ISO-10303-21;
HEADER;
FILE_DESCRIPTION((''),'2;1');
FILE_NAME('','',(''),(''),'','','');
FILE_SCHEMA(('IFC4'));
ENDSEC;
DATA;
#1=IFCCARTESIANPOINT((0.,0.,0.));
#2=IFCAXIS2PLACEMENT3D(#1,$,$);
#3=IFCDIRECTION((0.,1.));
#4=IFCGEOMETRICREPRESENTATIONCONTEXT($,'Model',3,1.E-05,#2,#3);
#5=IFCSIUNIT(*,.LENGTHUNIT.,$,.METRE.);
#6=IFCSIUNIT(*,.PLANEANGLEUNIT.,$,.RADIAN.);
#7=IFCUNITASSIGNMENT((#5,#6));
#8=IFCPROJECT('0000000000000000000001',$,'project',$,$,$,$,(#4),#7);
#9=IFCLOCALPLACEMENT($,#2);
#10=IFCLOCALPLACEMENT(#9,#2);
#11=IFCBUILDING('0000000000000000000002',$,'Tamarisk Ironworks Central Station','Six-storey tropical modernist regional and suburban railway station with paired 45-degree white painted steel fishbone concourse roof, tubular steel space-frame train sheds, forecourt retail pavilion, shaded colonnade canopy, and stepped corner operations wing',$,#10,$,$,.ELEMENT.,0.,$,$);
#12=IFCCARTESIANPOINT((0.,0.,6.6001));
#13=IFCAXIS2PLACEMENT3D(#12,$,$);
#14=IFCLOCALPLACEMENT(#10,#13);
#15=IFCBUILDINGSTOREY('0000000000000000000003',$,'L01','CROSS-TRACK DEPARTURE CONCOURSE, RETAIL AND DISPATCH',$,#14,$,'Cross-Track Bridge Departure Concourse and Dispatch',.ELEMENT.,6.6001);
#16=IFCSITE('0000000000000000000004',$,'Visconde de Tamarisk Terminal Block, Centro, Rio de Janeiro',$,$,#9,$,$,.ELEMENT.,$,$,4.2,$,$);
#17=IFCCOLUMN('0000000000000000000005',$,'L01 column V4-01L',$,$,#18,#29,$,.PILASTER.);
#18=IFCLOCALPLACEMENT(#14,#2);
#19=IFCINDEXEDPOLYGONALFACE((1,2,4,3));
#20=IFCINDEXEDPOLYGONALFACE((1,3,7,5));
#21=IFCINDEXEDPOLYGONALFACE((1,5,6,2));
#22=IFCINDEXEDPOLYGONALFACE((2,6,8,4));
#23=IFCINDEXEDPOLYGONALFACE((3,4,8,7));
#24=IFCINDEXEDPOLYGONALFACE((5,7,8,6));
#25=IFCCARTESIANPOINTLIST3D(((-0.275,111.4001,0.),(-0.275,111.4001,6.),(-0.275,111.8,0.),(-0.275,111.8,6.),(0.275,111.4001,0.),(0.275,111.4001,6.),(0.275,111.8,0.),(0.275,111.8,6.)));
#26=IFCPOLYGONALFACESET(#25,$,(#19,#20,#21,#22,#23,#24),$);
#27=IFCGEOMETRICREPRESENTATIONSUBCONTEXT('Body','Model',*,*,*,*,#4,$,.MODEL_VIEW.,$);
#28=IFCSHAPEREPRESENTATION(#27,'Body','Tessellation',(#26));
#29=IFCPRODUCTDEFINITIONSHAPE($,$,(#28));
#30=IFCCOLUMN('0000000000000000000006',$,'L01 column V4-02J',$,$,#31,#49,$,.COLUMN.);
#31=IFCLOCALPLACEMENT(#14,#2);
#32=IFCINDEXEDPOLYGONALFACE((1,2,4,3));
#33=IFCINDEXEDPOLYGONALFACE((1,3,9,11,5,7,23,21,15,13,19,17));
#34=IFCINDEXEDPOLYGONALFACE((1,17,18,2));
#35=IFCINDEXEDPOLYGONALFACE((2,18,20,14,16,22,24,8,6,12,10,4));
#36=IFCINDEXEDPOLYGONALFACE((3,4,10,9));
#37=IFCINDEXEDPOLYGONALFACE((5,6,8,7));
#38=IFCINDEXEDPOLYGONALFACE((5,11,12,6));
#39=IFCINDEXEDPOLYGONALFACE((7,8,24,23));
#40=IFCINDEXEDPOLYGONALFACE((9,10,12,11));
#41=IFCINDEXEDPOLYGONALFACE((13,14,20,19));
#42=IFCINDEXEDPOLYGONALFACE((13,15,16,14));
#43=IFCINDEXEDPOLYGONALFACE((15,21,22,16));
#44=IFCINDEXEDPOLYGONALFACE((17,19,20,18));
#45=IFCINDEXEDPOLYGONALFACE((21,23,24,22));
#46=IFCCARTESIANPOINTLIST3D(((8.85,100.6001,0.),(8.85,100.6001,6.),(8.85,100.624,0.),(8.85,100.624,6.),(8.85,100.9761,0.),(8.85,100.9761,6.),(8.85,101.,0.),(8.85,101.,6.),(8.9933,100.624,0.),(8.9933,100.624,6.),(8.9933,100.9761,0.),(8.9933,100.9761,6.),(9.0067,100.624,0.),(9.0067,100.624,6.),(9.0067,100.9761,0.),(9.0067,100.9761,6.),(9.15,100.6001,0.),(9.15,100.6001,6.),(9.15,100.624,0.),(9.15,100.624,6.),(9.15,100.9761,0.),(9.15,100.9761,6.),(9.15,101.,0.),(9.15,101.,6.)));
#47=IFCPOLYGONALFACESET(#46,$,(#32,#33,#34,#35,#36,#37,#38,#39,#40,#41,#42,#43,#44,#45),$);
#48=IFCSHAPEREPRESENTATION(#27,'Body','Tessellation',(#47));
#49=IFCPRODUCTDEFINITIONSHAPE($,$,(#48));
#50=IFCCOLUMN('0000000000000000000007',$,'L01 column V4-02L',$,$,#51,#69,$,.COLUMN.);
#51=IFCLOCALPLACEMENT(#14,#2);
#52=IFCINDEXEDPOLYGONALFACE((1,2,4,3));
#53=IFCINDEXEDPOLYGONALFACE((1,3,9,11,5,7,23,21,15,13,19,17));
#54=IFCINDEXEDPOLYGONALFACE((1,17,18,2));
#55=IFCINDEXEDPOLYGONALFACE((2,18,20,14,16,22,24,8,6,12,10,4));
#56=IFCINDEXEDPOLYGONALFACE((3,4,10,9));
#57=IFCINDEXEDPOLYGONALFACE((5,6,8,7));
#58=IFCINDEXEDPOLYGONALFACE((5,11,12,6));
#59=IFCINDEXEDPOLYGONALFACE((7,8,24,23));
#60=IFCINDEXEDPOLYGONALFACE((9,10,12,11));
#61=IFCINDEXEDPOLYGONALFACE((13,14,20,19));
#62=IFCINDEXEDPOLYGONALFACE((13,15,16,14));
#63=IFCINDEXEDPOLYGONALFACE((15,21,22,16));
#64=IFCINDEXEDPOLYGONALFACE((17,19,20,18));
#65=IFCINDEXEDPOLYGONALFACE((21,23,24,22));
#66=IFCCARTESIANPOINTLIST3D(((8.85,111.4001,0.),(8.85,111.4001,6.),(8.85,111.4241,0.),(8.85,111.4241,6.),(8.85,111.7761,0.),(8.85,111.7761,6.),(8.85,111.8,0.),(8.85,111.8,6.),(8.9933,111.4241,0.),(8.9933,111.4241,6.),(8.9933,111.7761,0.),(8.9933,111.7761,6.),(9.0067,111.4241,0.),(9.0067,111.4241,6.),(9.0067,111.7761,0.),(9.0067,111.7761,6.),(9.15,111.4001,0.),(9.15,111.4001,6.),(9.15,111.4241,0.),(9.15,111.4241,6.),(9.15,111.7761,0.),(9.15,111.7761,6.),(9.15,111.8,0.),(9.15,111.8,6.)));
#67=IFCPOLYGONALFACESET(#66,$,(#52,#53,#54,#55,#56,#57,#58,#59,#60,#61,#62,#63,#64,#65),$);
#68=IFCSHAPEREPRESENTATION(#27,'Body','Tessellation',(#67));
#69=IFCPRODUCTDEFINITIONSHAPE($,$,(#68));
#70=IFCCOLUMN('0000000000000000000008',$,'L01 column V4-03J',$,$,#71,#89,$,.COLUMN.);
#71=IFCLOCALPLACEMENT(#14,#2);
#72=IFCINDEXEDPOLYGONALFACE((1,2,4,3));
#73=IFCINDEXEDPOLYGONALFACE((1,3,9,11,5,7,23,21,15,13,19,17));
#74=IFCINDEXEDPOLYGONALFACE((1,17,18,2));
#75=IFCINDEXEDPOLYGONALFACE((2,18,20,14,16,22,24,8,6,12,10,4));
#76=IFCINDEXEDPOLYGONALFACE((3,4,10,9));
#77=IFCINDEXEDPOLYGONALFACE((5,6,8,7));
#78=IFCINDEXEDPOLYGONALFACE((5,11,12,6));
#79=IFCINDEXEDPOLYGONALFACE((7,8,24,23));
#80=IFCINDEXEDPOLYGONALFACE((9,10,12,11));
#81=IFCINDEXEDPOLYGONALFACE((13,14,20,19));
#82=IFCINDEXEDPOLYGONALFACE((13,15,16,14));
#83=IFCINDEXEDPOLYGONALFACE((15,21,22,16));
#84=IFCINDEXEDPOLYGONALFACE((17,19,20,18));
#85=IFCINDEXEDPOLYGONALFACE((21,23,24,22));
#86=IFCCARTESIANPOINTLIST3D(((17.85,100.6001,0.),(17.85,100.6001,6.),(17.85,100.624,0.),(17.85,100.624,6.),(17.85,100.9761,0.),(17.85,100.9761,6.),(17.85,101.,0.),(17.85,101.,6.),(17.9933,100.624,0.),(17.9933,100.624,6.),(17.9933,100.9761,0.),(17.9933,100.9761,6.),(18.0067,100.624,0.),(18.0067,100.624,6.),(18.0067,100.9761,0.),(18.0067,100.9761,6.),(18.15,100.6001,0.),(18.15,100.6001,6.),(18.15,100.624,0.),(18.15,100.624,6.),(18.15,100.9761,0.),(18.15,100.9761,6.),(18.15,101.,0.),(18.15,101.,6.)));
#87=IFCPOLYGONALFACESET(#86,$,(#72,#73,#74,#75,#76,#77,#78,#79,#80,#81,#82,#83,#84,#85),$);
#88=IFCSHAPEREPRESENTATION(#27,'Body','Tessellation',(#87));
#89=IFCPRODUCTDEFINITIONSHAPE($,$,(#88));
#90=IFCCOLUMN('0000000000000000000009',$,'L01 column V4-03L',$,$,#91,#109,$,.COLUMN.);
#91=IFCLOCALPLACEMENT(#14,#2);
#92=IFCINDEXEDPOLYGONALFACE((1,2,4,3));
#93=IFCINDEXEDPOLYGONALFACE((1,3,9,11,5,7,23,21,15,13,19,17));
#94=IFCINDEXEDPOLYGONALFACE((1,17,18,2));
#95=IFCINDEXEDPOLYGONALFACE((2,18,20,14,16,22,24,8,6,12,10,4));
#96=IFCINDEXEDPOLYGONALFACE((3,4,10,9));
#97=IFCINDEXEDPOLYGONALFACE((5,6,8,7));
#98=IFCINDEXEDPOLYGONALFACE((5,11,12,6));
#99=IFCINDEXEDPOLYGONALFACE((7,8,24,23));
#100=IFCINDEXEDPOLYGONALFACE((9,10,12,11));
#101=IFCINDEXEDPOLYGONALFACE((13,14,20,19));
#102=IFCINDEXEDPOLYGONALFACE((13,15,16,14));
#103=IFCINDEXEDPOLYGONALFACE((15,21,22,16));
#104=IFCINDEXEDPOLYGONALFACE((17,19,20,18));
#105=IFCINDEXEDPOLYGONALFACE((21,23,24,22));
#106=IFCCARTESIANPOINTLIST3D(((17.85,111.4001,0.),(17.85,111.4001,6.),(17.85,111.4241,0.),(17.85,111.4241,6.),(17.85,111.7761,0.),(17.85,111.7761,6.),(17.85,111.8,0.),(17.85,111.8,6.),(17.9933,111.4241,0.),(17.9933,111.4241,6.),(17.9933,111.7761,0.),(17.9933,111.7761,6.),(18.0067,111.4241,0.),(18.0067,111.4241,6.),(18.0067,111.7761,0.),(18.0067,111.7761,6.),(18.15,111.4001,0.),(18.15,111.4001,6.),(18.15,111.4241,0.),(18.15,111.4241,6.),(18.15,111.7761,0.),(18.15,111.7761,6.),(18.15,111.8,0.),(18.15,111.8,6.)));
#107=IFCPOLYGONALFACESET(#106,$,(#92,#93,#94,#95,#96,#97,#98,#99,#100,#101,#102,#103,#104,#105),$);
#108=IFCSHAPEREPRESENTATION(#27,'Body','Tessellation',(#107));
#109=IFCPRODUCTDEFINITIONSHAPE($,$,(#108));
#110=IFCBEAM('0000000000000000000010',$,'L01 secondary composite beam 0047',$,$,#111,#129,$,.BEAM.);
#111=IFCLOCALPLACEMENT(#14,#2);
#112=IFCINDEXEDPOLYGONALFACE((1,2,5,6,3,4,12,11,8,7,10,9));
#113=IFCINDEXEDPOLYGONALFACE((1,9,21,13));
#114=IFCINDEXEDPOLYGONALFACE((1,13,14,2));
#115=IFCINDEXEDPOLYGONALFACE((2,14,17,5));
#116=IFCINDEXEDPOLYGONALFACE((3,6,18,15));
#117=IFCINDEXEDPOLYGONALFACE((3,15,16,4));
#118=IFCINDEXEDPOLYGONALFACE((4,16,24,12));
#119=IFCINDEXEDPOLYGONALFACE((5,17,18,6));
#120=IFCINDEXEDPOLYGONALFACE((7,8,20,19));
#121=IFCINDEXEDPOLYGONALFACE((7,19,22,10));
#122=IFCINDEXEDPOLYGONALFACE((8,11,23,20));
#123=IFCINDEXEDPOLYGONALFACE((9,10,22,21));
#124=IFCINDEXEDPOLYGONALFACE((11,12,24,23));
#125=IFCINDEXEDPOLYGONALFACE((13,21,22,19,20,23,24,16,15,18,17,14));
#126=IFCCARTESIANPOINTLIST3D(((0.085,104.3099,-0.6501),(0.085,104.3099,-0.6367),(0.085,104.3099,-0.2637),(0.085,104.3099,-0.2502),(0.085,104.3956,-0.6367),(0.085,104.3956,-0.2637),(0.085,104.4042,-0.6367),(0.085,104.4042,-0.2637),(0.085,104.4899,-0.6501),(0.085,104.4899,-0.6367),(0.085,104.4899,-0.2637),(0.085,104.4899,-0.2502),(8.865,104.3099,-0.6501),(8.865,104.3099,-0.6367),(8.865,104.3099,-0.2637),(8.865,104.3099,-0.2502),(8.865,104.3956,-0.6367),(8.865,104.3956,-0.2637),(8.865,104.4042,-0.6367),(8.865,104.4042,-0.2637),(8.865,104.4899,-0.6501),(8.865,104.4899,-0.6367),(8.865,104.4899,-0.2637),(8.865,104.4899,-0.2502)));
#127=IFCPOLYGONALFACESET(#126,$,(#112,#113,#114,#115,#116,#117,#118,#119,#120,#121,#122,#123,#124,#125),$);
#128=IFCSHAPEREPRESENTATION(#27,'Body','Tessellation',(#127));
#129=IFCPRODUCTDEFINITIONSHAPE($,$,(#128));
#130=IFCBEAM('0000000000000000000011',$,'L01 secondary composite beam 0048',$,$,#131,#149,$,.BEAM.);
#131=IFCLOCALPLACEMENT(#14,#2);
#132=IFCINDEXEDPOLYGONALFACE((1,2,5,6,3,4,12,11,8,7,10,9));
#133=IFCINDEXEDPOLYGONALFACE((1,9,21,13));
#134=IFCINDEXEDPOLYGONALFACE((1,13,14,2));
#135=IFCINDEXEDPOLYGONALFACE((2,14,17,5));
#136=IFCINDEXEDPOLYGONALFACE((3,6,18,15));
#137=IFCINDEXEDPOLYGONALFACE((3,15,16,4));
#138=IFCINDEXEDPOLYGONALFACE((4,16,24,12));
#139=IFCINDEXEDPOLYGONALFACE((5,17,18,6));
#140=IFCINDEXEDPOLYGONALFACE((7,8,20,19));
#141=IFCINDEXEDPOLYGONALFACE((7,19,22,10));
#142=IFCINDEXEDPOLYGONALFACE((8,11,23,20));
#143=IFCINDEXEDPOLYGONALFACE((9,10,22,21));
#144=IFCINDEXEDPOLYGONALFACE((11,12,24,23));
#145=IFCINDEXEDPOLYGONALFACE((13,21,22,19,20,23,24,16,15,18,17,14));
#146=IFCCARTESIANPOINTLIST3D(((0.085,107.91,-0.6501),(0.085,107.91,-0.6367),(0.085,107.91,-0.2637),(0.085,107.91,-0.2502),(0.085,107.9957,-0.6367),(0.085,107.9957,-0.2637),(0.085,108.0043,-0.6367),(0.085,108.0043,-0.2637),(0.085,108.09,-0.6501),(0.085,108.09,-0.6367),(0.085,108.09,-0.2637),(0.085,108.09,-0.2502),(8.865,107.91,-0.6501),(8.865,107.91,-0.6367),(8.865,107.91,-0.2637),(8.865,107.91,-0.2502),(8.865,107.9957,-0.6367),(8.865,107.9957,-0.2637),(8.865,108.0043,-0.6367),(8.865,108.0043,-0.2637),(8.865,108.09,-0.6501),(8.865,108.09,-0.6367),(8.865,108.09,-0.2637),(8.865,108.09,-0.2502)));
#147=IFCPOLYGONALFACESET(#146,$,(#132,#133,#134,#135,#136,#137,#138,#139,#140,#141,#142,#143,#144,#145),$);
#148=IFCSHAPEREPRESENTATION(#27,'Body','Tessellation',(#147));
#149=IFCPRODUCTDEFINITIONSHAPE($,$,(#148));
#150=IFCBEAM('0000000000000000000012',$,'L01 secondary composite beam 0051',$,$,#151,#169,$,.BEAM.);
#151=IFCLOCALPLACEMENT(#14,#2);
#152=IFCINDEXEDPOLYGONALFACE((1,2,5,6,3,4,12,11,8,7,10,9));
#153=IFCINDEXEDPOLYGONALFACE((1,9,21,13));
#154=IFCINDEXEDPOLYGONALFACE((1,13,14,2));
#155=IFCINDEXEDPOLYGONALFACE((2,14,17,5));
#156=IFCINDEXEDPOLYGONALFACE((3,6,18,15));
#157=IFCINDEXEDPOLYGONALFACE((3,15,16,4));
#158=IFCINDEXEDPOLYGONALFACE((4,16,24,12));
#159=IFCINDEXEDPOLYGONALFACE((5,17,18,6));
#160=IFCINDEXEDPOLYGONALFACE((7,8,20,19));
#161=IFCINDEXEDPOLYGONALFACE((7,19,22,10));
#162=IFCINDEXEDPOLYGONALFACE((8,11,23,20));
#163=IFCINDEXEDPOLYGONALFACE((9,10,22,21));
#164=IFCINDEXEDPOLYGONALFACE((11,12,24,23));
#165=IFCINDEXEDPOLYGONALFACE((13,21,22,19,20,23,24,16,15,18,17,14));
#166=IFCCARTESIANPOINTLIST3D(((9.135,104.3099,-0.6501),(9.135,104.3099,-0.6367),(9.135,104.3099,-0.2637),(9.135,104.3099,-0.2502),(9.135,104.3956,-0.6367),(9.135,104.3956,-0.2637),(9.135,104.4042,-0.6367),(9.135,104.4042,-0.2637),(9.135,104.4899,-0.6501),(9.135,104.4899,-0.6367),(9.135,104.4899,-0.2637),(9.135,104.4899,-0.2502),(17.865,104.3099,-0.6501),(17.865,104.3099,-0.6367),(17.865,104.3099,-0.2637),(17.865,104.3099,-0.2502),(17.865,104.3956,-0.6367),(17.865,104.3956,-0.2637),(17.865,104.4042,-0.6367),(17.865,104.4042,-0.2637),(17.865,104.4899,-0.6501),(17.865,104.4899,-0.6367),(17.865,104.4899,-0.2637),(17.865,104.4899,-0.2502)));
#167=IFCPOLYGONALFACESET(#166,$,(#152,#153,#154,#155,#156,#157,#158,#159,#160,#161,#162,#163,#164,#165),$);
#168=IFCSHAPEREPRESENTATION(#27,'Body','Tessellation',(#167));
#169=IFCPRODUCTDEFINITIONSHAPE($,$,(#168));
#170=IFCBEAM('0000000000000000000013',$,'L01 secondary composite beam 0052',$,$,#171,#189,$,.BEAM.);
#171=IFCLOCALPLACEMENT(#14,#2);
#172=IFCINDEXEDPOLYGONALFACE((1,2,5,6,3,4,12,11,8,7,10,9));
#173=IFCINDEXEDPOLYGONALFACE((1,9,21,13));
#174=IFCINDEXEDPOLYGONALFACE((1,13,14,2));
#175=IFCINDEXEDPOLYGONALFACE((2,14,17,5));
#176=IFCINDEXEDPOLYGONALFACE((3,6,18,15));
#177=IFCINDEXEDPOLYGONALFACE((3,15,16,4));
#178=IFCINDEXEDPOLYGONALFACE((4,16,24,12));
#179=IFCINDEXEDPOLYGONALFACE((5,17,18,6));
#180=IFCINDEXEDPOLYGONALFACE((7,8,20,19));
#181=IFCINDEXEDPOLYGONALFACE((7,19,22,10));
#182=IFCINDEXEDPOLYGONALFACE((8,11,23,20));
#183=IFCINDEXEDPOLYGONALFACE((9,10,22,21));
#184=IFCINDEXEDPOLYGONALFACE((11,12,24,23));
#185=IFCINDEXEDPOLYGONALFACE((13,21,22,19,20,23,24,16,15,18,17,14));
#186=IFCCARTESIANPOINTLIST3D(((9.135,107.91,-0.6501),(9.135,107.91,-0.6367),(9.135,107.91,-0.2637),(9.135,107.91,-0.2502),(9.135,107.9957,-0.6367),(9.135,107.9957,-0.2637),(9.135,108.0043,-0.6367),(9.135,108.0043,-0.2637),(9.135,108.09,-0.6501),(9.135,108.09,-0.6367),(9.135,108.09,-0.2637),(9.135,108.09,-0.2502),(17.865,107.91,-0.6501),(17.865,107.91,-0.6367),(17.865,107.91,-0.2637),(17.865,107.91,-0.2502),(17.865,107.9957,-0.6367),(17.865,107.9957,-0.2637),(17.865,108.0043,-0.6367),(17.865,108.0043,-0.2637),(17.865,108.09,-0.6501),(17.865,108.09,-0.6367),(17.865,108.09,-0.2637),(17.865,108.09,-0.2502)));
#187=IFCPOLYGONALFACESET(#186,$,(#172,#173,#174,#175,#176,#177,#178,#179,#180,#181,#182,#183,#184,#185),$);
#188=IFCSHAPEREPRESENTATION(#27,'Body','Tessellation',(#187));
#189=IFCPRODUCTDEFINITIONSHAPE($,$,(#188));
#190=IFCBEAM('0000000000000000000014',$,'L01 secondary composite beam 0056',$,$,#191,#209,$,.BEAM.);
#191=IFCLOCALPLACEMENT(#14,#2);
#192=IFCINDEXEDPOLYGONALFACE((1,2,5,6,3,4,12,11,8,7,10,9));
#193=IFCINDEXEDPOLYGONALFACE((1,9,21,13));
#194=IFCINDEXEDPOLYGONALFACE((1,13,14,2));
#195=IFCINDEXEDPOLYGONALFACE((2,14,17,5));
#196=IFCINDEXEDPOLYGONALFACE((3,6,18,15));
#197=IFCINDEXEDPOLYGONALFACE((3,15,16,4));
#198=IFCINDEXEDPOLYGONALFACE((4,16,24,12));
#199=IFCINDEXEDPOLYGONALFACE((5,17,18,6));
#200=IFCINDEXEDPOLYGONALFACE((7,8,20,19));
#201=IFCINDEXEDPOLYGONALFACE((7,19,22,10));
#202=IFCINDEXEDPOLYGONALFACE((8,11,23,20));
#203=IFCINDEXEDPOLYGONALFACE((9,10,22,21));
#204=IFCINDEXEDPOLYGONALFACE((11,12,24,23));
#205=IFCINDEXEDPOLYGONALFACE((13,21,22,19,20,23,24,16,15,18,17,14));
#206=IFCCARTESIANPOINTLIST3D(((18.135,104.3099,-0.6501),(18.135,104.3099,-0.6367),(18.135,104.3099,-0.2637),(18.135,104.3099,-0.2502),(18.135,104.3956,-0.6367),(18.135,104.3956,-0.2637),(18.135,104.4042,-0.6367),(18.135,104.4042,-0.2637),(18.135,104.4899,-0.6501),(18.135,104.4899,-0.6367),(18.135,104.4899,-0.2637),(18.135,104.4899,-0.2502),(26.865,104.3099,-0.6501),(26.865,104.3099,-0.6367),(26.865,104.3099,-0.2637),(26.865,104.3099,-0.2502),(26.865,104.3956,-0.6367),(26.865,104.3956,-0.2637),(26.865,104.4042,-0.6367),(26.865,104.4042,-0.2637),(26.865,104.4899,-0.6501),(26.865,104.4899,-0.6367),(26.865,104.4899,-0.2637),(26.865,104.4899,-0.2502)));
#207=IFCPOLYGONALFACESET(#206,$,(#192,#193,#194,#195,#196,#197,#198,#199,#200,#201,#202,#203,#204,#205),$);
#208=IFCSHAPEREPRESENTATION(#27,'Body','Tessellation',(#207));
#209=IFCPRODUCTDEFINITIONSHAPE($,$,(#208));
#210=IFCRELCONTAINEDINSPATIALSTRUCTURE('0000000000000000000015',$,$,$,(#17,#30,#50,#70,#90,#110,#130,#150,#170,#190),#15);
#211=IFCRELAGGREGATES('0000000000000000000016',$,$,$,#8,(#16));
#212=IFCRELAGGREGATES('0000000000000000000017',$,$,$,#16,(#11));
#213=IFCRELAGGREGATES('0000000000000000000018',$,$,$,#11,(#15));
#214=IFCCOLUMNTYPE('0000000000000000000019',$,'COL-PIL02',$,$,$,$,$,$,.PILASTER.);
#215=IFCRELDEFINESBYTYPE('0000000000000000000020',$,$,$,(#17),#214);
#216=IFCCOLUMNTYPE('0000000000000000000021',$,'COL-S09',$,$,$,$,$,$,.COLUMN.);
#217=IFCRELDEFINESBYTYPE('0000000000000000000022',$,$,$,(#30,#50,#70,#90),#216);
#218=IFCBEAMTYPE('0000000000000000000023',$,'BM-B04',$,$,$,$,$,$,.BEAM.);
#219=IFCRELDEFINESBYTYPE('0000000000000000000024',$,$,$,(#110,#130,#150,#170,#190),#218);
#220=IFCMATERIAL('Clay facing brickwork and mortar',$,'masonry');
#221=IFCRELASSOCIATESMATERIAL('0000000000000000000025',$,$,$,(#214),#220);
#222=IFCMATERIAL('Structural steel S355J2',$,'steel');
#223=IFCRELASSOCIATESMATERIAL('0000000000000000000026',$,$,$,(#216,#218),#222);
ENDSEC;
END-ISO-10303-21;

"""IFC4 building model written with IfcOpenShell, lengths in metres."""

from ifc_helpers import new_model, si_unit, direction, frame, origin, origin_2d, place, context, subcontext, project, spatial, rectangle, i_section, extrude, material, material_profile, profile_set, type_object, element, save


model = new_model("IFC4")

# Units and contexts
model_context = context("Model", 3, precision=1e-05, world=origin(), true_north=direction((0.0, 1.0)))
body_context = subcontext(model_context, "Body", "Model", "MODEL_VIEW")
ifc_project = project(units=[si_unit("LENGTHUNIT", "METRE"), si_unit("PLANEANGLEUNIT", "RADIAN")], contexts=[model_context])

# Site, building, storey
site_placement = place(None, origin())
site = spatial("IfcSite", under=ifc_project, at=site_placement, Name="Visconde de Tamarisk Terminal Block, Centro, Rio de Janeiro", CompositionType="ELEMENT", RefElevation=4.2)
building_placement = place(site_placement, origin())
building = spatial("IfcBuilding", under=site, at=building_placement, Name="Tamarisk Ironworks Central Station", Description="Six-storey tropical modernist regional and suburban railway station with paired 45-degree white painted steel fishbone concourse roof, tubular steel space-frame train sheds, forecourt retail pavilion, shaded colonnade canopy, and stepped corner operations wing", CompositionType="ELEMENT", ElevationOfRefHeight=0.0)
storey_placement = place(building_placement, frame((0.0, 0.0, 6.6001)))
storey = spatial("IfcBuildingStorey", under=building, at=storey_placement, Name="L01", Description="CROSS-TRACK DEPARTURE CONCOURSE, RETAIL AND DISPATCH", LongName="Cross-Track Bridge Departure Concourse and Dispatch", CompositionType="ELEMENT", Elevation=6.6001)

# Columns
ifc_material_1 = material(Name="Clay facing brickwork and mortar", Category="masonry")
ifc_material_profile_1 = material_profile(ifc_material_1, rectangle(XDim=0.55, YDim=0.3999, at=origin_2d()), Name="PIL 550x400")
ifc_profile_set_1 = profile_set([ifc_material_profile_1], Name="Clay facing brickwork and mortar")
column_type_1 = type_object("IfcColumnType", Name="COL-PIL02", PredefinedType="PILASTER", material=ifc_profile_set_1)
column_placement = place(storey_placement, frame((0.0, 111.6001, 0.0), z_axis=(0.0, 0.0, 1.0), x_axis=(1.0, 0.0, 0.0)))
element("IfcColumn", 1, at=column_placement, inside=storey, type_object=column_type_1, Name="L01 column V4-01L", PredefinedType="PILASTER", context=body_context, shape_type="SweptSolid", body=[
    extrude(rectangle(XDim=0.55, YDim=0.3999, at=origin_2d()), origin(), (0.0, 0.0, 1.0), 6.0),
])
ifc_material_2 = material(Name="Structural steel S355J2", Category="steel")
ifc_material_profile_2 = material_profile(ifc_material_2, i_section(OverallWidth=0.3, OverallDepth=0.3999, WebThickness=0.0134, FlangeThickness=0.0239, at=origin_2d()), Name="HEB 400")
ifc_profile_set_2 = profile_set([ifc_material_profile_2], Name="Structural steel S355J2")
column_type_2 = type_object("IfcColumnType", Name="COL-S09", PredefinedType="COLUMN", material=ifc_profile_set_2)
for number, where, z_axis, x_axis, name in (
    (2, (9.0, 100.8, 0.0), (0.0, 0.0, 1.0), (1.0, 0.0, 0.0), "L01 column V4-02J"),
    (3, (9.0, 111.6001, 0.0), (0.0, 0.0, 1.0), (1.0, 0.0, 0.0), "L01 column V4-02L"),
    (4, (18.0, 100.8, 0.0), (0.0, 0.0, 1.0), (1.0, 0.0, 0.0), "L01 column V4-03J"),
    (5, (18.0, 111.6001, 0.0), (0.0, 0.0, 1.0), (1.0, 0.0, 0.0), "L01 column V4-03L"),
):
    element("IfcColumn", number, at=place(storey_placement, frame(where, z_axis=z_axis, x_axis=x_axis)), inside=storey, type_object=column_type_2, Name=name, PredefinedType="COLUMN", context=body_context, shape_type="SweptSolid", body=[
        extrude(i_section(OverallWidth=0.3, OverallDepth=0.3999, WebThickness=0.0134, FlangeThickness=0.0239, at=origin_2d()), origin(), (0.0, 0.0, 1.0), 6.0),
    ])

# Beams
ifc_material_profile_3 = material_profile(ifc_material_2, i_section(OverallWidth=0.1799, OverallDepth=0.3999, WebThickness=0.0085, FlangeThickness=0.0134, at=origin_2d()), Name="IPE 400")
ifc_profile_set_3 = profile_set([ifc_material_profile_3], Name="Structural steel S355J2")
beam_type_1 = type_object("IfcBeamType", Name="BM-B04", PredefinedType="BEAM", material=ifc_profile_set_3)
for number, where, z_axis, x_axis, name in (
    (6, (0.085, 104.3999, -0.4502), (1.0, 0.0, 0.0), (0.0, 1.0, 0.0), "L01 secondary composite beam 0047"),
    (7, (0.085, 108.0, -0.4502), (1.0, 0.0, 0.0), (0.0, 1.0, 0.0), "L01 secondary composite beam 0048"),
):
    element("IfcBeam", number, at=place(storey_placement, frame(where, z_axis=z_axis, x_axis=x_axis)), inside=storey, type_object=beam_type_1, Name=name, PredefinedType="BEAM", context=body_context, shape_type="SweptSolid", body=[
        extrude(i_section(OverallWidth=0.1799, OverallDepth=0.3999, WebThickness=0.0085, FlangeThickness=0.0134, at=origin_2d()), origin(), (0.0, 0.0, 1.0), 8.78),
    ])
for number, where, z_axis, x_axis, name in (
    (8, (9.135, 104.3999, -0.4502), (1.0, 0.0, 0.0), (0.0, 1.0, 0.0), "L01 secondary composite beam 0051"),
    (9, (9.135, 108.0, -0.4502), (1.0, 0.0, 0.0), (0.0, 1.0, 0.0), "L01 secondary composite beam 0052"),
    (10, (18.135, 104.3999, -0.4502), (1.0, 0.0, 0.0), (0.0, 1.0, 0.0), "L01 secondary composite beam 0056"),
):
    element("IfcBeam", number, at=place(storey_placement, frame(where, z_axis=z_axis, x_axis=x_axis)), inside=storey, type_object=beam_type_1, Name=name, PredefinedType="BEAM", context=body_context, shape_type="SweptSolid", body=[
        extrude(i_section(OverallWidth=0.1799, OverallDepth=0.3999, WebThickness=0.0085, FlangeThickness=0.0134, at=origin_2d()), origin(), (0.0, 0.0, 1.0), 8.73),
    ])

save(model, "model.ifc")
